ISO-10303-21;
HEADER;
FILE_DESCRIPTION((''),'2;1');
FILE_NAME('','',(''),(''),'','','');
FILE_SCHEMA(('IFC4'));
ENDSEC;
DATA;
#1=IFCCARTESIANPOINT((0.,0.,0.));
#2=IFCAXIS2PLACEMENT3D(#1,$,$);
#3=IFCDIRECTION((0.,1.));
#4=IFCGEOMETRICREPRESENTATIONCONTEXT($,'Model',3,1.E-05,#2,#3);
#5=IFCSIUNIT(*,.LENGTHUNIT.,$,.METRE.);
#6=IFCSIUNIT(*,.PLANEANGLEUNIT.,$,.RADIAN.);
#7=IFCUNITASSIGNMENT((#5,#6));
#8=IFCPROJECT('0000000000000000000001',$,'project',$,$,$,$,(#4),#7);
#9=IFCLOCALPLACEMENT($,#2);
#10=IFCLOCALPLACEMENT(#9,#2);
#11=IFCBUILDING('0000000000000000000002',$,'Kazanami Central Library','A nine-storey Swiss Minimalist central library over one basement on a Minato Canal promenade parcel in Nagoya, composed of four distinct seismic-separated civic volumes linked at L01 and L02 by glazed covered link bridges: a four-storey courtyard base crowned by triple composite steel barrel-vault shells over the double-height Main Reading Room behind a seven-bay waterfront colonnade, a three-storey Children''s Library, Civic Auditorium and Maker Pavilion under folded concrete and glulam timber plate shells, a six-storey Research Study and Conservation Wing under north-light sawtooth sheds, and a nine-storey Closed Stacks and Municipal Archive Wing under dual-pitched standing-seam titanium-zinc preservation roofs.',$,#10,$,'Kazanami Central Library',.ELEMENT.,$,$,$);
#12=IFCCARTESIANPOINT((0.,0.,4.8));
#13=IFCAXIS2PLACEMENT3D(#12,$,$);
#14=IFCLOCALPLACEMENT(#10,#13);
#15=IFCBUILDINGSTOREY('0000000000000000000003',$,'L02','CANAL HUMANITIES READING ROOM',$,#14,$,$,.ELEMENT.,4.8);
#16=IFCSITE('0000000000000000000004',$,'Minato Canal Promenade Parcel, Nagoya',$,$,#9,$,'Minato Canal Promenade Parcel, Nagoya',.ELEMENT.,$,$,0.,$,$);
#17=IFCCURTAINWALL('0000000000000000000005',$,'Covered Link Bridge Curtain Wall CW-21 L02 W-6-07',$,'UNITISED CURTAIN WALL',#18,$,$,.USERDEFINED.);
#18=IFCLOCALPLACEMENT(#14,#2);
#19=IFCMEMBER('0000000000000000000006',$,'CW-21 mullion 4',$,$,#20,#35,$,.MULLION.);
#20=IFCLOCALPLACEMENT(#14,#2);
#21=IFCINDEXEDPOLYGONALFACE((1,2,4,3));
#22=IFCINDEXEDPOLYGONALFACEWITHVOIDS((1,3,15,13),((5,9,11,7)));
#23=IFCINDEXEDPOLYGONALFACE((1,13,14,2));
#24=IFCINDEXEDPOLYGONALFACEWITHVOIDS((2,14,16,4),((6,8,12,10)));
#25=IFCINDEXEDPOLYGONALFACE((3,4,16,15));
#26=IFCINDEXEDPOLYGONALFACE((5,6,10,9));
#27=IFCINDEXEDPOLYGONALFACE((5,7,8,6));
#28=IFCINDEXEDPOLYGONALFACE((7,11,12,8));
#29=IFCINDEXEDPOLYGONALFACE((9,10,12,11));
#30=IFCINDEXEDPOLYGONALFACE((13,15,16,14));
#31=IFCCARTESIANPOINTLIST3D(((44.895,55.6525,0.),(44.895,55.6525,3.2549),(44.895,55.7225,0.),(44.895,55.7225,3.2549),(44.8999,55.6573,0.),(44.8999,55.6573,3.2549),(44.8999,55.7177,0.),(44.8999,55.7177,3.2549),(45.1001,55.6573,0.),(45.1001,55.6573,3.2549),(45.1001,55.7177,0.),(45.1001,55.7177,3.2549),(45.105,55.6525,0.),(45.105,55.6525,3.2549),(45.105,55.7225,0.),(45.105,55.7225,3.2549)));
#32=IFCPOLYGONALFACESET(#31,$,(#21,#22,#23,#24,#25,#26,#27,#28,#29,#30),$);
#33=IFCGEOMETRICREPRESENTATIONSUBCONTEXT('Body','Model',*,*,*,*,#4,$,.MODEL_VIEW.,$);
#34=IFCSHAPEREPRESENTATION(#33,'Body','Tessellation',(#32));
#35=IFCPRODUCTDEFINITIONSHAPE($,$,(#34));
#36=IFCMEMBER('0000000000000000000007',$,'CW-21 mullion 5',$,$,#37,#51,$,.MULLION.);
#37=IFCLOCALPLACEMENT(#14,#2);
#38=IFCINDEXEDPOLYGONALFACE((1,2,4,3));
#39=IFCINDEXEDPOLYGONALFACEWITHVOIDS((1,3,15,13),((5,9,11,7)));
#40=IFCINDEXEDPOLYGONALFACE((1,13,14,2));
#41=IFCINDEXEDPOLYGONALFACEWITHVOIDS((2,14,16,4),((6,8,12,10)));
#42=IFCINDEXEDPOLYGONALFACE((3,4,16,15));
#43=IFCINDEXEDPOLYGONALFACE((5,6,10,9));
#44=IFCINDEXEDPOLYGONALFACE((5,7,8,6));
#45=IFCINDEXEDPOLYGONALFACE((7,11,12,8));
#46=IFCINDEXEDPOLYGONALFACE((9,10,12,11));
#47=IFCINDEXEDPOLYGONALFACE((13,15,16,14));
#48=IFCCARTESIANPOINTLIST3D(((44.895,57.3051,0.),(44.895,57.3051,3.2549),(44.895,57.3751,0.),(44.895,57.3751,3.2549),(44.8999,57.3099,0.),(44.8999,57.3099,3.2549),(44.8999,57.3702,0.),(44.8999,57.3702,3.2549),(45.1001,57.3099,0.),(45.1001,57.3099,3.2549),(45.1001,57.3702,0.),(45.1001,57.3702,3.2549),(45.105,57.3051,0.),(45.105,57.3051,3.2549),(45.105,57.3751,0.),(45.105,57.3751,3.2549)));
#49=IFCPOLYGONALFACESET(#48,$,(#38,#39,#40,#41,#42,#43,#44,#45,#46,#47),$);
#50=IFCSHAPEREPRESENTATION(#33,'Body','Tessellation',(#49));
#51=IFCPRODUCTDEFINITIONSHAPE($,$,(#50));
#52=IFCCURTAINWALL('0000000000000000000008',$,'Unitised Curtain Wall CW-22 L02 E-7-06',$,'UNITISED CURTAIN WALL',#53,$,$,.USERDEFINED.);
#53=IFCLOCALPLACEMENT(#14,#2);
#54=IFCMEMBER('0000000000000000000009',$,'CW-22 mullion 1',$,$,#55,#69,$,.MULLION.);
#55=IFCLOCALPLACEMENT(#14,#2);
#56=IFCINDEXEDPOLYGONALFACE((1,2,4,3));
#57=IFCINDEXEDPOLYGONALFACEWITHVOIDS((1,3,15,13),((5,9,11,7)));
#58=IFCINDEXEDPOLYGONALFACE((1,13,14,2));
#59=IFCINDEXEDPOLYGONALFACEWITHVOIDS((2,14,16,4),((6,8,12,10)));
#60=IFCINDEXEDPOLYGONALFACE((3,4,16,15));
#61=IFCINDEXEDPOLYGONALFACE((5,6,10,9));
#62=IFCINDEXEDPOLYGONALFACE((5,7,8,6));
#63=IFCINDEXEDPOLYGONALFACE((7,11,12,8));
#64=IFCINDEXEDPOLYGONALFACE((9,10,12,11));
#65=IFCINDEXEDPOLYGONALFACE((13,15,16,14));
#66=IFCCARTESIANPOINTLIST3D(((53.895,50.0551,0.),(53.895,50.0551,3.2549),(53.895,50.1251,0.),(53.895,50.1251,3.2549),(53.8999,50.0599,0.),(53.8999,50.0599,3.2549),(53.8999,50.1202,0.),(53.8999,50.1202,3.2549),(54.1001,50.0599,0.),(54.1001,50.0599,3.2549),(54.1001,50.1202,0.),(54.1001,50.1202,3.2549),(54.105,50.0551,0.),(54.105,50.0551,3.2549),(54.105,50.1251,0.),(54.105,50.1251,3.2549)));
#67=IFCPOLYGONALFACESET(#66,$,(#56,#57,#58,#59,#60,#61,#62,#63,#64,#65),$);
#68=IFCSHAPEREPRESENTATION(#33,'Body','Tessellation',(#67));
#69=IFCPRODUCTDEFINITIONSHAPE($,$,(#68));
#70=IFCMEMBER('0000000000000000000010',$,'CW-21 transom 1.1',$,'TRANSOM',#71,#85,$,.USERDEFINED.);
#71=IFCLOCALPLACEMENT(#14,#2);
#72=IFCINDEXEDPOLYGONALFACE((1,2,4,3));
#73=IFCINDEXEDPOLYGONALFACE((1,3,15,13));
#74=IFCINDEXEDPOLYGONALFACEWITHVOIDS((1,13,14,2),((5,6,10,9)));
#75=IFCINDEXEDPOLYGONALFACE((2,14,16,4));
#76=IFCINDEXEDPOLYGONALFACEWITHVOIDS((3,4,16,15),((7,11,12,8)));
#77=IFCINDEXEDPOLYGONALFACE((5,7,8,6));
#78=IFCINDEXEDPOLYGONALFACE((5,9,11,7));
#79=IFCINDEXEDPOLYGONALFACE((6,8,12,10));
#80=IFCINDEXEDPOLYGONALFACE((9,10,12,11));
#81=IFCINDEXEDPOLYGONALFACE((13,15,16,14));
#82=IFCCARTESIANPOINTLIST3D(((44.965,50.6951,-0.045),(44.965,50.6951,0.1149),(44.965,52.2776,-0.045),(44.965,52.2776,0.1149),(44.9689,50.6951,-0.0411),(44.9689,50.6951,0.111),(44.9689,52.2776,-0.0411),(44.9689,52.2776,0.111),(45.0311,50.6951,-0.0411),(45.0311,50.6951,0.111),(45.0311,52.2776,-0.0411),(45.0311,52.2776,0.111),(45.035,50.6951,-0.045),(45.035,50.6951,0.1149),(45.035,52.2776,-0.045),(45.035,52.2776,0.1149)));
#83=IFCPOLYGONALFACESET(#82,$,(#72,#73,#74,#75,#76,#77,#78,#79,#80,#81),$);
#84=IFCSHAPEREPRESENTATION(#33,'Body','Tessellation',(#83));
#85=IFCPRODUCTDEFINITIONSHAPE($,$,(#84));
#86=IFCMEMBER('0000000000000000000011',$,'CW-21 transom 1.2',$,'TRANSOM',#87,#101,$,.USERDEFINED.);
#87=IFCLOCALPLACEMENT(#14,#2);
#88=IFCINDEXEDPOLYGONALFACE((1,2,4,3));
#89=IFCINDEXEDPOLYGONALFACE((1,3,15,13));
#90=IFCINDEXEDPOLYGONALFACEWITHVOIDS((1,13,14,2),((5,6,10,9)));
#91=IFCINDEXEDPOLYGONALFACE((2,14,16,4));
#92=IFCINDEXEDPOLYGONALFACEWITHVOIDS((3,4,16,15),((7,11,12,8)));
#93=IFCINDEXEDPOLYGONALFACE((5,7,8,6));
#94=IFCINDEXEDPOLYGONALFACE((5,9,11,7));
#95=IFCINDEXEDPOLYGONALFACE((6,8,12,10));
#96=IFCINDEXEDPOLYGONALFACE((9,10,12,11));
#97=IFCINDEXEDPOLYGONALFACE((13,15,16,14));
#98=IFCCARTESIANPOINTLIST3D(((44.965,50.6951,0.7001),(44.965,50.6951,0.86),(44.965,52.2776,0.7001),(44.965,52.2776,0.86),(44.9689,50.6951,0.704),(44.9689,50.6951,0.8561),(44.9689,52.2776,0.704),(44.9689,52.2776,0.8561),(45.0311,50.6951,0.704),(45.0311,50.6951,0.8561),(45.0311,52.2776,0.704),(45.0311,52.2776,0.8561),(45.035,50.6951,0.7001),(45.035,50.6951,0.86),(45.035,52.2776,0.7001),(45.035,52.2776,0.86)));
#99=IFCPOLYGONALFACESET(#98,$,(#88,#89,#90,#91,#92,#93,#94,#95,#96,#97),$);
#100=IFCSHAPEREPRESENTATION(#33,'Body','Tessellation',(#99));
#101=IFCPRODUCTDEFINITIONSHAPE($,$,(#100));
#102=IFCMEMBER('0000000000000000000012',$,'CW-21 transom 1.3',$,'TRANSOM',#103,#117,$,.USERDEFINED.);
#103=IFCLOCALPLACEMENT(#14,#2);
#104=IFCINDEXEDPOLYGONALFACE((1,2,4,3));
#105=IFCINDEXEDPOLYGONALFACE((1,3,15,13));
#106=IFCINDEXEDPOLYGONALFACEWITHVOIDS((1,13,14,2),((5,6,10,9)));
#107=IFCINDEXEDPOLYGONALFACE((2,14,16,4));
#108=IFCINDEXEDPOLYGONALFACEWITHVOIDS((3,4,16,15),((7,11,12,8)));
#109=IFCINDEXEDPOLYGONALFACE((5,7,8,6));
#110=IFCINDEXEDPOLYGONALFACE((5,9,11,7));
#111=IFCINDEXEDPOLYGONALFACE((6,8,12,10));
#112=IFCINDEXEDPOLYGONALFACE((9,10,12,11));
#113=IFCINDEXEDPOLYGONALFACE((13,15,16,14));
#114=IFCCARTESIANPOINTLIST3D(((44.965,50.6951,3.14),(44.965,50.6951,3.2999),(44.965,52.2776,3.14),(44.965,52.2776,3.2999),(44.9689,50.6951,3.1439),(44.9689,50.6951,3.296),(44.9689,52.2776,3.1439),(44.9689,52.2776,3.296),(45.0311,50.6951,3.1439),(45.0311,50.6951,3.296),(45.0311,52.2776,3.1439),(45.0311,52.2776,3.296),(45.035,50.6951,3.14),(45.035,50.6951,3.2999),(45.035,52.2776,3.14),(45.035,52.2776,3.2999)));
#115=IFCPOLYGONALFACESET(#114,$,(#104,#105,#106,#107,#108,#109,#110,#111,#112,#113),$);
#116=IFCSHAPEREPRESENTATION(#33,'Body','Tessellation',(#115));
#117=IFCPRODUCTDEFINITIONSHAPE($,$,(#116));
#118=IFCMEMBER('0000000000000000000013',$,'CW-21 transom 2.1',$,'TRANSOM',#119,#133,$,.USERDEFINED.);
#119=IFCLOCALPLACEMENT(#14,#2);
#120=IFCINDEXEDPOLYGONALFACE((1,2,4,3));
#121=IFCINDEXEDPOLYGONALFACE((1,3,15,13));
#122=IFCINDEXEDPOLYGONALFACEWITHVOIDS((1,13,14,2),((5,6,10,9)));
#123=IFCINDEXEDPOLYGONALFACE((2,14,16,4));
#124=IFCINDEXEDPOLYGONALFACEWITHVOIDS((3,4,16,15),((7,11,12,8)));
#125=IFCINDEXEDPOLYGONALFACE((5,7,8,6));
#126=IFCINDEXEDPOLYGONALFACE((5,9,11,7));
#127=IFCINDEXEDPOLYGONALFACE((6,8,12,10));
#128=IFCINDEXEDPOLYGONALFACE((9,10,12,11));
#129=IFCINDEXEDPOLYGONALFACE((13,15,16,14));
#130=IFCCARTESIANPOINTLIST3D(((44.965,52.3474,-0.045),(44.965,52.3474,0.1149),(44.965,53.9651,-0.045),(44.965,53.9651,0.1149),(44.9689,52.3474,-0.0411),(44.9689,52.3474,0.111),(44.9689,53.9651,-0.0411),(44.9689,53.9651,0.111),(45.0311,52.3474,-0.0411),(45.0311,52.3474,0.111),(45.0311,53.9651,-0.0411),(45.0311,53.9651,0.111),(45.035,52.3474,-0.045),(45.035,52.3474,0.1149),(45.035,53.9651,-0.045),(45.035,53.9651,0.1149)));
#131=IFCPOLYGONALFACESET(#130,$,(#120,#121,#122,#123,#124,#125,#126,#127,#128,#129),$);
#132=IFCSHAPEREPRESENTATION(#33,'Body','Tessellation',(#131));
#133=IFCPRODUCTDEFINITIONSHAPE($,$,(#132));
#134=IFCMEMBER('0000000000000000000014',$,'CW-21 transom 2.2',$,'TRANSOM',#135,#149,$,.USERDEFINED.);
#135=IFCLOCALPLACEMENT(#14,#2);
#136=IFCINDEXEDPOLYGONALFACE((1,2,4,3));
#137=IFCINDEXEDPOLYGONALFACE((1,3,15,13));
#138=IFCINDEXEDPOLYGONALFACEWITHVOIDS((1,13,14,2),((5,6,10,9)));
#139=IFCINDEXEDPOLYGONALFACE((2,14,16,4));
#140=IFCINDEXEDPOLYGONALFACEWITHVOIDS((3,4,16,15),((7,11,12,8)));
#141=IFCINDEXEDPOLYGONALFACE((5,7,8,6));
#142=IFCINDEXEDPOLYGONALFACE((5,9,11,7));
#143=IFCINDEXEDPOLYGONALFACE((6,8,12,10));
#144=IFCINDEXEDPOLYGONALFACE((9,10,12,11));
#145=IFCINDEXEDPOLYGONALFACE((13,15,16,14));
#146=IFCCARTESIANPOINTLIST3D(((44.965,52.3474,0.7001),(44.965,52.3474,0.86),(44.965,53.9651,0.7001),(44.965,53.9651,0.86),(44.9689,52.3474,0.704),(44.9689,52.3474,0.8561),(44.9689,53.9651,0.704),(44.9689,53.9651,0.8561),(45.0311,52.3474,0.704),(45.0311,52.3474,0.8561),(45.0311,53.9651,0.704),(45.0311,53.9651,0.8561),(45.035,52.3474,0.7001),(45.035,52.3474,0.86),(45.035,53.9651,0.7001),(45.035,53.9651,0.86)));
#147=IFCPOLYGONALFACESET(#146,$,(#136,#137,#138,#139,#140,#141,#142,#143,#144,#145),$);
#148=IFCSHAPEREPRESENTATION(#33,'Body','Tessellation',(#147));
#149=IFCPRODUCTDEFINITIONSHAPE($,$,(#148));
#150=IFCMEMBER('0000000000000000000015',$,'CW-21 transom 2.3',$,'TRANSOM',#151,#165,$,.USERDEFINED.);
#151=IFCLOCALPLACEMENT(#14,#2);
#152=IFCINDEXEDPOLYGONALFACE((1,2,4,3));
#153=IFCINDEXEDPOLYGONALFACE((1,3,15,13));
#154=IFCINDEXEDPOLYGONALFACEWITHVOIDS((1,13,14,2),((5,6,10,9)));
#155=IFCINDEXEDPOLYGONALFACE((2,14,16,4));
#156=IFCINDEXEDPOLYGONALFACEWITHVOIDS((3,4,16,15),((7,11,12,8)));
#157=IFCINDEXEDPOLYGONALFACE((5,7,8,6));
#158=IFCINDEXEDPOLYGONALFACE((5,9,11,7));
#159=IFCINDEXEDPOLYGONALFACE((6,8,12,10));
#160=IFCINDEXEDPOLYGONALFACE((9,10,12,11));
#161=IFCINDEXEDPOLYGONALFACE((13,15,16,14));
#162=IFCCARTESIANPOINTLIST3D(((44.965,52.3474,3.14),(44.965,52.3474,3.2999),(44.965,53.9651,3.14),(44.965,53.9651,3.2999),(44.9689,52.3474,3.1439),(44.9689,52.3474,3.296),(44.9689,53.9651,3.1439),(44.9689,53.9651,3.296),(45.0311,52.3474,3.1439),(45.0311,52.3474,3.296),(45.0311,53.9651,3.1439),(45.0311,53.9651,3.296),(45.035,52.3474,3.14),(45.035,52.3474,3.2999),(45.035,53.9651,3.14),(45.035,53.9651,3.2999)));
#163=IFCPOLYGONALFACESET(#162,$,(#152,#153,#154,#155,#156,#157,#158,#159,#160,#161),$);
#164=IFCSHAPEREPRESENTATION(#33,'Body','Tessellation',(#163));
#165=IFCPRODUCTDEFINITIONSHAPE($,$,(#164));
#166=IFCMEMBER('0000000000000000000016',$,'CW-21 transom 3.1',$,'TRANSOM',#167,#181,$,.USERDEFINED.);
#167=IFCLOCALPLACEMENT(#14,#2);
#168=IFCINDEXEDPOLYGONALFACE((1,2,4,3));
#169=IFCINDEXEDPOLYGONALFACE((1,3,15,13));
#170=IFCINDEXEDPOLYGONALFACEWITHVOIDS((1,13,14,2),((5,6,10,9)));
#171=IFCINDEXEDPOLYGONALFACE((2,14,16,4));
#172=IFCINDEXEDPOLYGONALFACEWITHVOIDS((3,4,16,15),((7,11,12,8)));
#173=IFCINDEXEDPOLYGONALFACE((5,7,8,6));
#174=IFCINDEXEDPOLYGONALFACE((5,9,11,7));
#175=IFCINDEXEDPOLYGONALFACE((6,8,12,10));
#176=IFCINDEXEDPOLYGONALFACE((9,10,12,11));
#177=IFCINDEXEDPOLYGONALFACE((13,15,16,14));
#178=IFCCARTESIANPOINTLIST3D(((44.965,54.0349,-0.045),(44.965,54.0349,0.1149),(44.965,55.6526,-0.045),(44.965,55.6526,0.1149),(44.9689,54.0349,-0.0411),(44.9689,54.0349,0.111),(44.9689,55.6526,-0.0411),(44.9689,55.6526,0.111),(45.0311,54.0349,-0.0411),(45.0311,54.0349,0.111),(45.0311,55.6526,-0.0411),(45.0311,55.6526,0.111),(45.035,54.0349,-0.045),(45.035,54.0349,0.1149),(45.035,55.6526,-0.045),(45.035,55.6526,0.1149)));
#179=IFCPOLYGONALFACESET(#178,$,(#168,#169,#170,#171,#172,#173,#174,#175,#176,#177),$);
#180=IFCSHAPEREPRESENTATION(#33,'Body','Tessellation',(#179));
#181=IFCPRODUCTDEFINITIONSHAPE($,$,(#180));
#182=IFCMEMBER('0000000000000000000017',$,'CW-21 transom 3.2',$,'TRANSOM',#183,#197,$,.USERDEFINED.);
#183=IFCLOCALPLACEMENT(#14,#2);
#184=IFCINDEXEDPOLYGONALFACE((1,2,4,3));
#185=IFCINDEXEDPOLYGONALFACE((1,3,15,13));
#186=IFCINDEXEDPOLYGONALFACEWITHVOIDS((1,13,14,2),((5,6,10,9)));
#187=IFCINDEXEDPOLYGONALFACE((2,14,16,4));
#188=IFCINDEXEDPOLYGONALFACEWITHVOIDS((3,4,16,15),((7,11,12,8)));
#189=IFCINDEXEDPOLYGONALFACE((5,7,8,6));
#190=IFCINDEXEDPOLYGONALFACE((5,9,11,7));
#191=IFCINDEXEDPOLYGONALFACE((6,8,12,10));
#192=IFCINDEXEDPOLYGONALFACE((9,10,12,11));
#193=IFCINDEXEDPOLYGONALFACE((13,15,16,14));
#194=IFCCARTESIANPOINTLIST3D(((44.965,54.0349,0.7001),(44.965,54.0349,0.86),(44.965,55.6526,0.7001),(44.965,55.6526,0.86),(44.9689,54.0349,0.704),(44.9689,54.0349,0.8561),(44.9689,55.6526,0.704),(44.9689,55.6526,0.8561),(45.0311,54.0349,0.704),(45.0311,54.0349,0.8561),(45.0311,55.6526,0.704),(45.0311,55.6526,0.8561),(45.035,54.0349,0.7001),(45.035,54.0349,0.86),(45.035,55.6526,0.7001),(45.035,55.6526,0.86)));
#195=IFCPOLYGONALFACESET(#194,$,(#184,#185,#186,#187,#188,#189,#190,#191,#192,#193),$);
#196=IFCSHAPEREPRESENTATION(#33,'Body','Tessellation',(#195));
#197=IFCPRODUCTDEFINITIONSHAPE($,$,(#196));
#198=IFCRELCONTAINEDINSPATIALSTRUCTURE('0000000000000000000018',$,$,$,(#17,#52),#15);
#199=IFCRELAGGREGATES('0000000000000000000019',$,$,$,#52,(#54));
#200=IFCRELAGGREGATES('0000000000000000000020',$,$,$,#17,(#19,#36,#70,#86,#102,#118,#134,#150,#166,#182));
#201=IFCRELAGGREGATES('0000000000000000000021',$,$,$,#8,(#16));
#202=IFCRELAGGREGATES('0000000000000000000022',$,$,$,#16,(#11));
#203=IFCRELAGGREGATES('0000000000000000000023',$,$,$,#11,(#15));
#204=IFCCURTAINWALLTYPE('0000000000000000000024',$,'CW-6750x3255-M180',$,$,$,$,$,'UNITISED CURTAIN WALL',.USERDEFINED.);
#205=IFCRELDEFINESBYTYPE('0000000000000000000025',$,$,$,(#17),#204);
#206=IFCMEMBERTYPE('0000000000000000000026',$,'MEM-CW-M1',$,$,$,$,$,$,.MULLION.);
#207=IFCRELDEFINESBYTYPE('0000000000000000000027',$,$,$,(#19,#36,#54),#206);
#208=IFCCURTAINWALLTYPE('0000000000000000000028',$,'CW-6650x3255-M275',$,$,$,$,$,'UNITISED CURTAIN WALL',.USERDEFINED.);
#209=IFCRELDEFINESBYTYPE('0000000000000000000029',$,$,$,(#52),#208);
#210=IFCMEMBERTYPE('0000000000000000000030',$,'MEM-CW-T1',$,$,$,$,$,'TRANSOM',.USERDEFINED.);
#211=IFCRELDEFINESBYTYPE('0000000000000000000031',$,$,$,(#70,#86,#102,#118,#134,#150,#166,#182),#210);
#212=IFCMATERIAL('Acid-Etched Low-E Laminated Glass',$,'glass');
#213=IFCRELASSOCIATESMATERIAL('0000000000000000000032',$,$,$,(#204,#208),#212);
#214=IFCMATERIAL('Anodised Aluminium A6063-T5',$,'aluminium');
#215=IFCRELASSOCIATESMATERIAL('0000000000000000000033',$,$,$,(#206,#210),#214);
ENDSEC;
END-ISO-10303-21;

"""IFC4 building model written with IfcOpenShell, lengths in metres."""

from ifc_helpers import new_model, si_unit, direction, frame, origin, origin_2d, place, context, subcontext, project, spatial, hollow_rectangle, extrude, material, material_profile, profile_set, type_object, element, aggregate, save


model = new_model("IFC4")

# Units and contexts
model_context = context("Model", 3, precision=1e-05, world=origin(), true_north=direction((0.0, 1.0)))
body_context = subcontext(model_context, "Body", "Model", "MODEL_VIEW")
ifc_project = project(units=[si_unit("LENGTHUNIT", "METRE"), si_unit("PLANEANGLEUNIT", "RADIAN")], contexts=[model_context])

# Site, building, storey
site_placement = place(None, origin())
site = spatial("IfcSite", under=ifc_project, at=site_placement, Name="Minato Canal Promenade Parcel, Nagoya", LongName="Minato Canal Promenade Parcel, Nagoya", CompositionType="ELEMENT", RefElevation=0.0)
building_placement = place(site_placement, origin())
building = spatial("IfcBuilding", under=site, at=building_placement, Name="Kazanami Central Library", Description="A nine-storey Swiss Minimalist central library over one basement on a Minato Canal promenade parcel in Nagoya, composed of four distinct seismic-separated civic volumes linked at L01 and L02 by glazed covered link bridges: a four-storey courtyard base crowned by triple composite steel barrel-vault shells over the double-height Main Reading Room behind a seven-bay waterfront colonnade, a three-storey Children's Library, Civic Auditorium and Maker Pavilion under folded concrete and glulam timber plate shells, a six-storey Research Study and Conservation Wing under north-light sawtooth sheds, and a nine-storey Closed Stacks and Municipal Archive Wing under dual-pitched standing-seam titanium-zinc preservation roofs.", LongName="Kazanami Central Library", CompositionType="ELEMENT")
storey_placement = place(building_placement, frame((0.0, 0.0, 4.8)))
storey = spatial("IfcBuildingStorey", under=building, at=storey_placement, Name="L02", Description="CANAL HUMANITIES READING ROOM", CompositionType="ELEMENT", Elevation=4.8)

# Shared definitions
ifc_material_1 = material(Name="Acid-Etched Low-E Laminated Glass", Category="glass")
curtain_wall_type_1 = type_object("IfcCurtainWallType", Name="CW-6750x3255-M180", ElementType="UNITISED CURTAIN WALL", PredefinedType="USERDEFINED", material=ifc_material_1)
ifc_material_2 = material(Name="Anodised Aluminium A6063-T5", Category="aluminium")
ifc_material_profile_1 = material_profile(ifc_material_2, hollow_rectangle(XDim=0.0701, YDim=0.21, WallThickness=0.0049, at=origin_2d()), Name="ALU-MULL-70x210x5")
ifc_profile_set_1 = profile_set([ifc_material_profile_1], Name="Anodised Aluminium A6063-T5")
member_type_1 = type_object("IfcMemberType", Name="MEM-CW-M1", PredefinedType="MULLION", material=ifc_profile_set_1)

# Curtain wall, members
curtain_wall_1_placement = place(storey_placement, origin())
curtain_wall_1 = element("IfcCurtainWall", 1, at=curtain_wall_1_placement, inside=storey, type_object=curtain_wall_type_1, Name="Covered Link Bridge Curtain Wall CW-21 L02 W-6-07", ObjectType="UNITISED CURTAIN WALL", PredefinedType="USERDEFINED")
member_1_placement = place(storey_placement, frame((45.0, 55.6875, 0.0), z_axis=(0.0, 0.0, 1.0), x_axis=(0.0, 1.0, 0.0)))
member_1 = element("IfcMember", 2, at=member_1_placement, type_object=member_type_1, Name="CW-21 mullion 4", PredefinedType="MULLION", context=body_context, shape_type="SweptSolid", body=[
    extrude(hollow_rectangle(XDim=0.0701, YDim=0.21, WallThickness=0.0049, at=origin_2d()), origin(), (0.0, 0.0, 1.0), 3.2549),
])
member_2_placement = place(storey_placement, frame((45.0, 57.3401, 0.0), z_axis=(0.0, 0.0, 1.0), x_axis=(0.0, 1.0, 0.0)))
member_2 = element("IfcMember", 3, at=member_2_placement, type_object=member_type_1, Name="CW-21 mullion 5", PredefinedType="MULLION", context=body_context, shape_type="SweptSolid", body=[
    extrude(hollow_rectangle(XDim=0.0701, YDim=0.21, WallThickness=0.0049, at=origin_2d()), origin(), (0.0, 0.0, 1.0), 3.2549),
])

# Curtain wall, member
curtain_wall_type_2 = type_object("IfcCurtainWallType", Name="CW-6650x3255-M275", ElementType="UNITISED CURTAIN WALL", PredefinedType="USERDEFINED", material=ifc_material_1)
curtain_wall_2_placement = place(storey_placement, origin())
curtain_wall_2 = element("IfcCurtainWall", 4, at=curtain_wall_2_placement, inside=storey, type_object=curtain_wall_type_2, Name="Unitised Curtain Wall CW-22 L02 E-7-06", ObjectType="UNITISED CURTAIN WALL", PredefinedType="USERDEFINED")
member_3_placement = place(storey_placement, frame((54.0, 50.0901, 0.0), z_axis=(0.0, 0.0, 1.0), x_axis=(0.0, -1.0, 0.0)))
member_3 = element("IfcMember", 5, at=member_3_placement, type_object=member_type_1, Name="CW-22 mullion 1", PredefinedType="MULLION", context=body_context, shape_type="SweptSolid", body=[
    extrude(hollow_rectangle(XDim=0.0701, YDim=0.21, WallThickness=0.0049, at=origin_2d()), origin(), (0.0, 0.0, 1.0), 3.2549),
])

# Members
ifc_material_profile_2 = material_profile(ifc_material_2, hollow_rectangle(XDim=0.0701, YDim=0.1599, WallThickness=0.0039, at=origin_2d()), Name="ALU-TRAN-70x160x4")
ifc_profile_set_2 = profile_set([ifc_material_profile_2], Name="Anodised Aluminium A6063-T5")
member_type_2 = type_object("IfcMemberType", Name="MEM-CW-T1", ElementType="TRANSOM", PredefinedType="USERDEFINED", material=ifc_profile_set_2)
member_4_placement = place(storey_placement, frame((45.0, 50.6951, 0.0349), z_axis=(0.0, 1.0, 0.0), x_axis=(-1.0, 0.0, 0.0)))
member_4 = element("IfcMember", 6, at=member_4_placement, type_object=member_type_2, Name="CW-21 transom 1.1", ObjectType="TRANSOM", PredefinedType="USERDEFINED", context=body_context, shape_type="SweptSolid", body=[
    extrude(hollow_rectangle(XDim=0.0701, YDim=0.1599, WallThickness=0.0039, at=origin_2d()), origin(), (0.0, 0.0, 1.0), 1.5825),
])
member_5_placement = place(storey_placement, frame((45.0, 50.6951, 0.78), z_axis=(0.0, 1.0, 0.0), x_axis=(-1.0, 0.0, 0.0)))
member_5 = element("IfcMember", 7, at=member_5_placement, type_object=member_type_2, Name="CW-21 transom 1.2", ObjectType="TRANSOM", PredefinedType="USERDEFINED", context=body_context, shape_type="SweptSolid", body=[
    extrude(hollow_rectangle(XDim=0.0701, YDim=0.1599, WallThickness=0.0039, at=origin_2d()), origin(), (0.0, 0.0, 1.0), 1.5825),
])
member_6_placement = place(storey_placement, frame((45.0, 50.6951, 3.22), z_axis=(0.0, 1.0, 0.0), x_axis=(-1.0, 0.0, 0.0)))
member_6 = element("IfcMember", 8, at=member_6_placement, type_object=member_type_2, Name="CW-21 transom 1.3", ObjectType="TRANSOM", PredefinedType="USERDEFINED", context=body_context, shape_type="SweptSolid", body=[
    extrude(hollow_rectangle(XDim=0.0701, YDim=0.1599, WallThickness=0.0039, at=origin_2d()), origin(), (0.0, 0.0, 1.0), 1.5825),
])
member_7_placement = place(storey_placement, frame((45.0, 52.3474, 0.0349), z_axis=(0.0, 1.0, 0.0), x_axis=(-1.0, 0.0, 0.0)))
member_7 = element("IfcMember", 9, at=member_7_placement, type_object=member_type_2, Name="CW-21 transom 2.1", ObjectType="TRANSOM", PredefinedType="USERDEFINED", context=body_context, shape_type="SweptSolid", body=[
    extrude(hollow_rectangle(XDim=0.0701, YDim=0.1599, WallThickness=0.0039, at=origin_2d()), origin(), (0.0, 0.0, 1.0), 1.6177),
])
member_8_placement = place(storey_placement, frame((45.0, 52.3474, 0.78), z_axis=(0.0, 1.0, 0.0), x_axis=(-1.0, 0.0, 0.0)))
member_8 = element("IfcMember", 10, at=member_8_placement, type_object=member_type_2, Name="CW-21 transom 2.2", ObjectType="TRANSOM", PredefinedType="USERDEFINED", context=body_context, shape_type="SweptSolid", body=[
    extrude(hollow_rectangle(XDim=0.0701, YDim=0.1599, WallThickness=0.0039, at=origin_2d()), origin(), (0.0, 0.0, 1.0), 1.6177),
])
member_9_placement = place(storey_placement, frame((45.0, 52.3474, 3.22), z_axis=(0.0, 1.0, 0.0), x_axis=(-1.0, 0.0, 0.0)))
member_9 = element("IfcMember", 11, at=member_9_placement, type_object=member_type_2, Name="CW-21 transom 2.3", ObjectType="TRANSOM", PredefinedType="USERDEFINED", context=body_context, shape_type="SweptSolid", body=[
    extrude(hollow_rectangle(XDim=0.0701, YDim=0.1599, WallThickness=0.0039, at=origin_2d()), origin(), (0.0, 0.0, 1.0), 1.6177),
])
member_10_placement = place(storey_placement, frame((45.0, 54.0349, 0.0349), z_axis=(0.0, 1.0, 0.0), x_axis=(-1.0, 0.0, 0.0)))
member_10 = element("IfcMember", 12, at=member_10_placement, type_object=member_type_2, Name="CW-21 transom 3.1", ObjectType="TRANSOM", PredefinedType="USERDEFINED", context=body_context, shape_type="SweptSolid", body=[
    extrude(hollow_rectangle(XDim=0.0701, YDim=0.1599, WallThickness=0.0039, at=origin_2d()), origin(), (0.0, 0.0, 1.0), 1.6177),
])
member_11_placement = place(storey_placement, frame((45.0, 54.0349, 0.78), z_axis=(0.0, 1.0, 0.0), x_axis=(-1.0, 0.0, 0.0)))
member_11 = element("IfcMember", 13, at=member_11_placement, type_object=member_type_2, Name="CW-21 transom 3.2", ObjectType="TRANSOM", PredefinedType="USERDEFINED", context=body_context, shape_type="SweptSolid", body=[
    extrude(hollow_rectangle(XDim=0.0701, YDim=0.1599, WallThickness=0.0039, at=origin_2d()), origin(), (0.0, 0.0, 1.0), 1.6177),
])
aggregate(curtain_wall_2, [member_3])

aggregate(curtain_wall_1, [member_1, member_2, member_4, member_5, member_6, member_7, member_8, member_9, member_10, member_11])

save(model, "model.ifc")
